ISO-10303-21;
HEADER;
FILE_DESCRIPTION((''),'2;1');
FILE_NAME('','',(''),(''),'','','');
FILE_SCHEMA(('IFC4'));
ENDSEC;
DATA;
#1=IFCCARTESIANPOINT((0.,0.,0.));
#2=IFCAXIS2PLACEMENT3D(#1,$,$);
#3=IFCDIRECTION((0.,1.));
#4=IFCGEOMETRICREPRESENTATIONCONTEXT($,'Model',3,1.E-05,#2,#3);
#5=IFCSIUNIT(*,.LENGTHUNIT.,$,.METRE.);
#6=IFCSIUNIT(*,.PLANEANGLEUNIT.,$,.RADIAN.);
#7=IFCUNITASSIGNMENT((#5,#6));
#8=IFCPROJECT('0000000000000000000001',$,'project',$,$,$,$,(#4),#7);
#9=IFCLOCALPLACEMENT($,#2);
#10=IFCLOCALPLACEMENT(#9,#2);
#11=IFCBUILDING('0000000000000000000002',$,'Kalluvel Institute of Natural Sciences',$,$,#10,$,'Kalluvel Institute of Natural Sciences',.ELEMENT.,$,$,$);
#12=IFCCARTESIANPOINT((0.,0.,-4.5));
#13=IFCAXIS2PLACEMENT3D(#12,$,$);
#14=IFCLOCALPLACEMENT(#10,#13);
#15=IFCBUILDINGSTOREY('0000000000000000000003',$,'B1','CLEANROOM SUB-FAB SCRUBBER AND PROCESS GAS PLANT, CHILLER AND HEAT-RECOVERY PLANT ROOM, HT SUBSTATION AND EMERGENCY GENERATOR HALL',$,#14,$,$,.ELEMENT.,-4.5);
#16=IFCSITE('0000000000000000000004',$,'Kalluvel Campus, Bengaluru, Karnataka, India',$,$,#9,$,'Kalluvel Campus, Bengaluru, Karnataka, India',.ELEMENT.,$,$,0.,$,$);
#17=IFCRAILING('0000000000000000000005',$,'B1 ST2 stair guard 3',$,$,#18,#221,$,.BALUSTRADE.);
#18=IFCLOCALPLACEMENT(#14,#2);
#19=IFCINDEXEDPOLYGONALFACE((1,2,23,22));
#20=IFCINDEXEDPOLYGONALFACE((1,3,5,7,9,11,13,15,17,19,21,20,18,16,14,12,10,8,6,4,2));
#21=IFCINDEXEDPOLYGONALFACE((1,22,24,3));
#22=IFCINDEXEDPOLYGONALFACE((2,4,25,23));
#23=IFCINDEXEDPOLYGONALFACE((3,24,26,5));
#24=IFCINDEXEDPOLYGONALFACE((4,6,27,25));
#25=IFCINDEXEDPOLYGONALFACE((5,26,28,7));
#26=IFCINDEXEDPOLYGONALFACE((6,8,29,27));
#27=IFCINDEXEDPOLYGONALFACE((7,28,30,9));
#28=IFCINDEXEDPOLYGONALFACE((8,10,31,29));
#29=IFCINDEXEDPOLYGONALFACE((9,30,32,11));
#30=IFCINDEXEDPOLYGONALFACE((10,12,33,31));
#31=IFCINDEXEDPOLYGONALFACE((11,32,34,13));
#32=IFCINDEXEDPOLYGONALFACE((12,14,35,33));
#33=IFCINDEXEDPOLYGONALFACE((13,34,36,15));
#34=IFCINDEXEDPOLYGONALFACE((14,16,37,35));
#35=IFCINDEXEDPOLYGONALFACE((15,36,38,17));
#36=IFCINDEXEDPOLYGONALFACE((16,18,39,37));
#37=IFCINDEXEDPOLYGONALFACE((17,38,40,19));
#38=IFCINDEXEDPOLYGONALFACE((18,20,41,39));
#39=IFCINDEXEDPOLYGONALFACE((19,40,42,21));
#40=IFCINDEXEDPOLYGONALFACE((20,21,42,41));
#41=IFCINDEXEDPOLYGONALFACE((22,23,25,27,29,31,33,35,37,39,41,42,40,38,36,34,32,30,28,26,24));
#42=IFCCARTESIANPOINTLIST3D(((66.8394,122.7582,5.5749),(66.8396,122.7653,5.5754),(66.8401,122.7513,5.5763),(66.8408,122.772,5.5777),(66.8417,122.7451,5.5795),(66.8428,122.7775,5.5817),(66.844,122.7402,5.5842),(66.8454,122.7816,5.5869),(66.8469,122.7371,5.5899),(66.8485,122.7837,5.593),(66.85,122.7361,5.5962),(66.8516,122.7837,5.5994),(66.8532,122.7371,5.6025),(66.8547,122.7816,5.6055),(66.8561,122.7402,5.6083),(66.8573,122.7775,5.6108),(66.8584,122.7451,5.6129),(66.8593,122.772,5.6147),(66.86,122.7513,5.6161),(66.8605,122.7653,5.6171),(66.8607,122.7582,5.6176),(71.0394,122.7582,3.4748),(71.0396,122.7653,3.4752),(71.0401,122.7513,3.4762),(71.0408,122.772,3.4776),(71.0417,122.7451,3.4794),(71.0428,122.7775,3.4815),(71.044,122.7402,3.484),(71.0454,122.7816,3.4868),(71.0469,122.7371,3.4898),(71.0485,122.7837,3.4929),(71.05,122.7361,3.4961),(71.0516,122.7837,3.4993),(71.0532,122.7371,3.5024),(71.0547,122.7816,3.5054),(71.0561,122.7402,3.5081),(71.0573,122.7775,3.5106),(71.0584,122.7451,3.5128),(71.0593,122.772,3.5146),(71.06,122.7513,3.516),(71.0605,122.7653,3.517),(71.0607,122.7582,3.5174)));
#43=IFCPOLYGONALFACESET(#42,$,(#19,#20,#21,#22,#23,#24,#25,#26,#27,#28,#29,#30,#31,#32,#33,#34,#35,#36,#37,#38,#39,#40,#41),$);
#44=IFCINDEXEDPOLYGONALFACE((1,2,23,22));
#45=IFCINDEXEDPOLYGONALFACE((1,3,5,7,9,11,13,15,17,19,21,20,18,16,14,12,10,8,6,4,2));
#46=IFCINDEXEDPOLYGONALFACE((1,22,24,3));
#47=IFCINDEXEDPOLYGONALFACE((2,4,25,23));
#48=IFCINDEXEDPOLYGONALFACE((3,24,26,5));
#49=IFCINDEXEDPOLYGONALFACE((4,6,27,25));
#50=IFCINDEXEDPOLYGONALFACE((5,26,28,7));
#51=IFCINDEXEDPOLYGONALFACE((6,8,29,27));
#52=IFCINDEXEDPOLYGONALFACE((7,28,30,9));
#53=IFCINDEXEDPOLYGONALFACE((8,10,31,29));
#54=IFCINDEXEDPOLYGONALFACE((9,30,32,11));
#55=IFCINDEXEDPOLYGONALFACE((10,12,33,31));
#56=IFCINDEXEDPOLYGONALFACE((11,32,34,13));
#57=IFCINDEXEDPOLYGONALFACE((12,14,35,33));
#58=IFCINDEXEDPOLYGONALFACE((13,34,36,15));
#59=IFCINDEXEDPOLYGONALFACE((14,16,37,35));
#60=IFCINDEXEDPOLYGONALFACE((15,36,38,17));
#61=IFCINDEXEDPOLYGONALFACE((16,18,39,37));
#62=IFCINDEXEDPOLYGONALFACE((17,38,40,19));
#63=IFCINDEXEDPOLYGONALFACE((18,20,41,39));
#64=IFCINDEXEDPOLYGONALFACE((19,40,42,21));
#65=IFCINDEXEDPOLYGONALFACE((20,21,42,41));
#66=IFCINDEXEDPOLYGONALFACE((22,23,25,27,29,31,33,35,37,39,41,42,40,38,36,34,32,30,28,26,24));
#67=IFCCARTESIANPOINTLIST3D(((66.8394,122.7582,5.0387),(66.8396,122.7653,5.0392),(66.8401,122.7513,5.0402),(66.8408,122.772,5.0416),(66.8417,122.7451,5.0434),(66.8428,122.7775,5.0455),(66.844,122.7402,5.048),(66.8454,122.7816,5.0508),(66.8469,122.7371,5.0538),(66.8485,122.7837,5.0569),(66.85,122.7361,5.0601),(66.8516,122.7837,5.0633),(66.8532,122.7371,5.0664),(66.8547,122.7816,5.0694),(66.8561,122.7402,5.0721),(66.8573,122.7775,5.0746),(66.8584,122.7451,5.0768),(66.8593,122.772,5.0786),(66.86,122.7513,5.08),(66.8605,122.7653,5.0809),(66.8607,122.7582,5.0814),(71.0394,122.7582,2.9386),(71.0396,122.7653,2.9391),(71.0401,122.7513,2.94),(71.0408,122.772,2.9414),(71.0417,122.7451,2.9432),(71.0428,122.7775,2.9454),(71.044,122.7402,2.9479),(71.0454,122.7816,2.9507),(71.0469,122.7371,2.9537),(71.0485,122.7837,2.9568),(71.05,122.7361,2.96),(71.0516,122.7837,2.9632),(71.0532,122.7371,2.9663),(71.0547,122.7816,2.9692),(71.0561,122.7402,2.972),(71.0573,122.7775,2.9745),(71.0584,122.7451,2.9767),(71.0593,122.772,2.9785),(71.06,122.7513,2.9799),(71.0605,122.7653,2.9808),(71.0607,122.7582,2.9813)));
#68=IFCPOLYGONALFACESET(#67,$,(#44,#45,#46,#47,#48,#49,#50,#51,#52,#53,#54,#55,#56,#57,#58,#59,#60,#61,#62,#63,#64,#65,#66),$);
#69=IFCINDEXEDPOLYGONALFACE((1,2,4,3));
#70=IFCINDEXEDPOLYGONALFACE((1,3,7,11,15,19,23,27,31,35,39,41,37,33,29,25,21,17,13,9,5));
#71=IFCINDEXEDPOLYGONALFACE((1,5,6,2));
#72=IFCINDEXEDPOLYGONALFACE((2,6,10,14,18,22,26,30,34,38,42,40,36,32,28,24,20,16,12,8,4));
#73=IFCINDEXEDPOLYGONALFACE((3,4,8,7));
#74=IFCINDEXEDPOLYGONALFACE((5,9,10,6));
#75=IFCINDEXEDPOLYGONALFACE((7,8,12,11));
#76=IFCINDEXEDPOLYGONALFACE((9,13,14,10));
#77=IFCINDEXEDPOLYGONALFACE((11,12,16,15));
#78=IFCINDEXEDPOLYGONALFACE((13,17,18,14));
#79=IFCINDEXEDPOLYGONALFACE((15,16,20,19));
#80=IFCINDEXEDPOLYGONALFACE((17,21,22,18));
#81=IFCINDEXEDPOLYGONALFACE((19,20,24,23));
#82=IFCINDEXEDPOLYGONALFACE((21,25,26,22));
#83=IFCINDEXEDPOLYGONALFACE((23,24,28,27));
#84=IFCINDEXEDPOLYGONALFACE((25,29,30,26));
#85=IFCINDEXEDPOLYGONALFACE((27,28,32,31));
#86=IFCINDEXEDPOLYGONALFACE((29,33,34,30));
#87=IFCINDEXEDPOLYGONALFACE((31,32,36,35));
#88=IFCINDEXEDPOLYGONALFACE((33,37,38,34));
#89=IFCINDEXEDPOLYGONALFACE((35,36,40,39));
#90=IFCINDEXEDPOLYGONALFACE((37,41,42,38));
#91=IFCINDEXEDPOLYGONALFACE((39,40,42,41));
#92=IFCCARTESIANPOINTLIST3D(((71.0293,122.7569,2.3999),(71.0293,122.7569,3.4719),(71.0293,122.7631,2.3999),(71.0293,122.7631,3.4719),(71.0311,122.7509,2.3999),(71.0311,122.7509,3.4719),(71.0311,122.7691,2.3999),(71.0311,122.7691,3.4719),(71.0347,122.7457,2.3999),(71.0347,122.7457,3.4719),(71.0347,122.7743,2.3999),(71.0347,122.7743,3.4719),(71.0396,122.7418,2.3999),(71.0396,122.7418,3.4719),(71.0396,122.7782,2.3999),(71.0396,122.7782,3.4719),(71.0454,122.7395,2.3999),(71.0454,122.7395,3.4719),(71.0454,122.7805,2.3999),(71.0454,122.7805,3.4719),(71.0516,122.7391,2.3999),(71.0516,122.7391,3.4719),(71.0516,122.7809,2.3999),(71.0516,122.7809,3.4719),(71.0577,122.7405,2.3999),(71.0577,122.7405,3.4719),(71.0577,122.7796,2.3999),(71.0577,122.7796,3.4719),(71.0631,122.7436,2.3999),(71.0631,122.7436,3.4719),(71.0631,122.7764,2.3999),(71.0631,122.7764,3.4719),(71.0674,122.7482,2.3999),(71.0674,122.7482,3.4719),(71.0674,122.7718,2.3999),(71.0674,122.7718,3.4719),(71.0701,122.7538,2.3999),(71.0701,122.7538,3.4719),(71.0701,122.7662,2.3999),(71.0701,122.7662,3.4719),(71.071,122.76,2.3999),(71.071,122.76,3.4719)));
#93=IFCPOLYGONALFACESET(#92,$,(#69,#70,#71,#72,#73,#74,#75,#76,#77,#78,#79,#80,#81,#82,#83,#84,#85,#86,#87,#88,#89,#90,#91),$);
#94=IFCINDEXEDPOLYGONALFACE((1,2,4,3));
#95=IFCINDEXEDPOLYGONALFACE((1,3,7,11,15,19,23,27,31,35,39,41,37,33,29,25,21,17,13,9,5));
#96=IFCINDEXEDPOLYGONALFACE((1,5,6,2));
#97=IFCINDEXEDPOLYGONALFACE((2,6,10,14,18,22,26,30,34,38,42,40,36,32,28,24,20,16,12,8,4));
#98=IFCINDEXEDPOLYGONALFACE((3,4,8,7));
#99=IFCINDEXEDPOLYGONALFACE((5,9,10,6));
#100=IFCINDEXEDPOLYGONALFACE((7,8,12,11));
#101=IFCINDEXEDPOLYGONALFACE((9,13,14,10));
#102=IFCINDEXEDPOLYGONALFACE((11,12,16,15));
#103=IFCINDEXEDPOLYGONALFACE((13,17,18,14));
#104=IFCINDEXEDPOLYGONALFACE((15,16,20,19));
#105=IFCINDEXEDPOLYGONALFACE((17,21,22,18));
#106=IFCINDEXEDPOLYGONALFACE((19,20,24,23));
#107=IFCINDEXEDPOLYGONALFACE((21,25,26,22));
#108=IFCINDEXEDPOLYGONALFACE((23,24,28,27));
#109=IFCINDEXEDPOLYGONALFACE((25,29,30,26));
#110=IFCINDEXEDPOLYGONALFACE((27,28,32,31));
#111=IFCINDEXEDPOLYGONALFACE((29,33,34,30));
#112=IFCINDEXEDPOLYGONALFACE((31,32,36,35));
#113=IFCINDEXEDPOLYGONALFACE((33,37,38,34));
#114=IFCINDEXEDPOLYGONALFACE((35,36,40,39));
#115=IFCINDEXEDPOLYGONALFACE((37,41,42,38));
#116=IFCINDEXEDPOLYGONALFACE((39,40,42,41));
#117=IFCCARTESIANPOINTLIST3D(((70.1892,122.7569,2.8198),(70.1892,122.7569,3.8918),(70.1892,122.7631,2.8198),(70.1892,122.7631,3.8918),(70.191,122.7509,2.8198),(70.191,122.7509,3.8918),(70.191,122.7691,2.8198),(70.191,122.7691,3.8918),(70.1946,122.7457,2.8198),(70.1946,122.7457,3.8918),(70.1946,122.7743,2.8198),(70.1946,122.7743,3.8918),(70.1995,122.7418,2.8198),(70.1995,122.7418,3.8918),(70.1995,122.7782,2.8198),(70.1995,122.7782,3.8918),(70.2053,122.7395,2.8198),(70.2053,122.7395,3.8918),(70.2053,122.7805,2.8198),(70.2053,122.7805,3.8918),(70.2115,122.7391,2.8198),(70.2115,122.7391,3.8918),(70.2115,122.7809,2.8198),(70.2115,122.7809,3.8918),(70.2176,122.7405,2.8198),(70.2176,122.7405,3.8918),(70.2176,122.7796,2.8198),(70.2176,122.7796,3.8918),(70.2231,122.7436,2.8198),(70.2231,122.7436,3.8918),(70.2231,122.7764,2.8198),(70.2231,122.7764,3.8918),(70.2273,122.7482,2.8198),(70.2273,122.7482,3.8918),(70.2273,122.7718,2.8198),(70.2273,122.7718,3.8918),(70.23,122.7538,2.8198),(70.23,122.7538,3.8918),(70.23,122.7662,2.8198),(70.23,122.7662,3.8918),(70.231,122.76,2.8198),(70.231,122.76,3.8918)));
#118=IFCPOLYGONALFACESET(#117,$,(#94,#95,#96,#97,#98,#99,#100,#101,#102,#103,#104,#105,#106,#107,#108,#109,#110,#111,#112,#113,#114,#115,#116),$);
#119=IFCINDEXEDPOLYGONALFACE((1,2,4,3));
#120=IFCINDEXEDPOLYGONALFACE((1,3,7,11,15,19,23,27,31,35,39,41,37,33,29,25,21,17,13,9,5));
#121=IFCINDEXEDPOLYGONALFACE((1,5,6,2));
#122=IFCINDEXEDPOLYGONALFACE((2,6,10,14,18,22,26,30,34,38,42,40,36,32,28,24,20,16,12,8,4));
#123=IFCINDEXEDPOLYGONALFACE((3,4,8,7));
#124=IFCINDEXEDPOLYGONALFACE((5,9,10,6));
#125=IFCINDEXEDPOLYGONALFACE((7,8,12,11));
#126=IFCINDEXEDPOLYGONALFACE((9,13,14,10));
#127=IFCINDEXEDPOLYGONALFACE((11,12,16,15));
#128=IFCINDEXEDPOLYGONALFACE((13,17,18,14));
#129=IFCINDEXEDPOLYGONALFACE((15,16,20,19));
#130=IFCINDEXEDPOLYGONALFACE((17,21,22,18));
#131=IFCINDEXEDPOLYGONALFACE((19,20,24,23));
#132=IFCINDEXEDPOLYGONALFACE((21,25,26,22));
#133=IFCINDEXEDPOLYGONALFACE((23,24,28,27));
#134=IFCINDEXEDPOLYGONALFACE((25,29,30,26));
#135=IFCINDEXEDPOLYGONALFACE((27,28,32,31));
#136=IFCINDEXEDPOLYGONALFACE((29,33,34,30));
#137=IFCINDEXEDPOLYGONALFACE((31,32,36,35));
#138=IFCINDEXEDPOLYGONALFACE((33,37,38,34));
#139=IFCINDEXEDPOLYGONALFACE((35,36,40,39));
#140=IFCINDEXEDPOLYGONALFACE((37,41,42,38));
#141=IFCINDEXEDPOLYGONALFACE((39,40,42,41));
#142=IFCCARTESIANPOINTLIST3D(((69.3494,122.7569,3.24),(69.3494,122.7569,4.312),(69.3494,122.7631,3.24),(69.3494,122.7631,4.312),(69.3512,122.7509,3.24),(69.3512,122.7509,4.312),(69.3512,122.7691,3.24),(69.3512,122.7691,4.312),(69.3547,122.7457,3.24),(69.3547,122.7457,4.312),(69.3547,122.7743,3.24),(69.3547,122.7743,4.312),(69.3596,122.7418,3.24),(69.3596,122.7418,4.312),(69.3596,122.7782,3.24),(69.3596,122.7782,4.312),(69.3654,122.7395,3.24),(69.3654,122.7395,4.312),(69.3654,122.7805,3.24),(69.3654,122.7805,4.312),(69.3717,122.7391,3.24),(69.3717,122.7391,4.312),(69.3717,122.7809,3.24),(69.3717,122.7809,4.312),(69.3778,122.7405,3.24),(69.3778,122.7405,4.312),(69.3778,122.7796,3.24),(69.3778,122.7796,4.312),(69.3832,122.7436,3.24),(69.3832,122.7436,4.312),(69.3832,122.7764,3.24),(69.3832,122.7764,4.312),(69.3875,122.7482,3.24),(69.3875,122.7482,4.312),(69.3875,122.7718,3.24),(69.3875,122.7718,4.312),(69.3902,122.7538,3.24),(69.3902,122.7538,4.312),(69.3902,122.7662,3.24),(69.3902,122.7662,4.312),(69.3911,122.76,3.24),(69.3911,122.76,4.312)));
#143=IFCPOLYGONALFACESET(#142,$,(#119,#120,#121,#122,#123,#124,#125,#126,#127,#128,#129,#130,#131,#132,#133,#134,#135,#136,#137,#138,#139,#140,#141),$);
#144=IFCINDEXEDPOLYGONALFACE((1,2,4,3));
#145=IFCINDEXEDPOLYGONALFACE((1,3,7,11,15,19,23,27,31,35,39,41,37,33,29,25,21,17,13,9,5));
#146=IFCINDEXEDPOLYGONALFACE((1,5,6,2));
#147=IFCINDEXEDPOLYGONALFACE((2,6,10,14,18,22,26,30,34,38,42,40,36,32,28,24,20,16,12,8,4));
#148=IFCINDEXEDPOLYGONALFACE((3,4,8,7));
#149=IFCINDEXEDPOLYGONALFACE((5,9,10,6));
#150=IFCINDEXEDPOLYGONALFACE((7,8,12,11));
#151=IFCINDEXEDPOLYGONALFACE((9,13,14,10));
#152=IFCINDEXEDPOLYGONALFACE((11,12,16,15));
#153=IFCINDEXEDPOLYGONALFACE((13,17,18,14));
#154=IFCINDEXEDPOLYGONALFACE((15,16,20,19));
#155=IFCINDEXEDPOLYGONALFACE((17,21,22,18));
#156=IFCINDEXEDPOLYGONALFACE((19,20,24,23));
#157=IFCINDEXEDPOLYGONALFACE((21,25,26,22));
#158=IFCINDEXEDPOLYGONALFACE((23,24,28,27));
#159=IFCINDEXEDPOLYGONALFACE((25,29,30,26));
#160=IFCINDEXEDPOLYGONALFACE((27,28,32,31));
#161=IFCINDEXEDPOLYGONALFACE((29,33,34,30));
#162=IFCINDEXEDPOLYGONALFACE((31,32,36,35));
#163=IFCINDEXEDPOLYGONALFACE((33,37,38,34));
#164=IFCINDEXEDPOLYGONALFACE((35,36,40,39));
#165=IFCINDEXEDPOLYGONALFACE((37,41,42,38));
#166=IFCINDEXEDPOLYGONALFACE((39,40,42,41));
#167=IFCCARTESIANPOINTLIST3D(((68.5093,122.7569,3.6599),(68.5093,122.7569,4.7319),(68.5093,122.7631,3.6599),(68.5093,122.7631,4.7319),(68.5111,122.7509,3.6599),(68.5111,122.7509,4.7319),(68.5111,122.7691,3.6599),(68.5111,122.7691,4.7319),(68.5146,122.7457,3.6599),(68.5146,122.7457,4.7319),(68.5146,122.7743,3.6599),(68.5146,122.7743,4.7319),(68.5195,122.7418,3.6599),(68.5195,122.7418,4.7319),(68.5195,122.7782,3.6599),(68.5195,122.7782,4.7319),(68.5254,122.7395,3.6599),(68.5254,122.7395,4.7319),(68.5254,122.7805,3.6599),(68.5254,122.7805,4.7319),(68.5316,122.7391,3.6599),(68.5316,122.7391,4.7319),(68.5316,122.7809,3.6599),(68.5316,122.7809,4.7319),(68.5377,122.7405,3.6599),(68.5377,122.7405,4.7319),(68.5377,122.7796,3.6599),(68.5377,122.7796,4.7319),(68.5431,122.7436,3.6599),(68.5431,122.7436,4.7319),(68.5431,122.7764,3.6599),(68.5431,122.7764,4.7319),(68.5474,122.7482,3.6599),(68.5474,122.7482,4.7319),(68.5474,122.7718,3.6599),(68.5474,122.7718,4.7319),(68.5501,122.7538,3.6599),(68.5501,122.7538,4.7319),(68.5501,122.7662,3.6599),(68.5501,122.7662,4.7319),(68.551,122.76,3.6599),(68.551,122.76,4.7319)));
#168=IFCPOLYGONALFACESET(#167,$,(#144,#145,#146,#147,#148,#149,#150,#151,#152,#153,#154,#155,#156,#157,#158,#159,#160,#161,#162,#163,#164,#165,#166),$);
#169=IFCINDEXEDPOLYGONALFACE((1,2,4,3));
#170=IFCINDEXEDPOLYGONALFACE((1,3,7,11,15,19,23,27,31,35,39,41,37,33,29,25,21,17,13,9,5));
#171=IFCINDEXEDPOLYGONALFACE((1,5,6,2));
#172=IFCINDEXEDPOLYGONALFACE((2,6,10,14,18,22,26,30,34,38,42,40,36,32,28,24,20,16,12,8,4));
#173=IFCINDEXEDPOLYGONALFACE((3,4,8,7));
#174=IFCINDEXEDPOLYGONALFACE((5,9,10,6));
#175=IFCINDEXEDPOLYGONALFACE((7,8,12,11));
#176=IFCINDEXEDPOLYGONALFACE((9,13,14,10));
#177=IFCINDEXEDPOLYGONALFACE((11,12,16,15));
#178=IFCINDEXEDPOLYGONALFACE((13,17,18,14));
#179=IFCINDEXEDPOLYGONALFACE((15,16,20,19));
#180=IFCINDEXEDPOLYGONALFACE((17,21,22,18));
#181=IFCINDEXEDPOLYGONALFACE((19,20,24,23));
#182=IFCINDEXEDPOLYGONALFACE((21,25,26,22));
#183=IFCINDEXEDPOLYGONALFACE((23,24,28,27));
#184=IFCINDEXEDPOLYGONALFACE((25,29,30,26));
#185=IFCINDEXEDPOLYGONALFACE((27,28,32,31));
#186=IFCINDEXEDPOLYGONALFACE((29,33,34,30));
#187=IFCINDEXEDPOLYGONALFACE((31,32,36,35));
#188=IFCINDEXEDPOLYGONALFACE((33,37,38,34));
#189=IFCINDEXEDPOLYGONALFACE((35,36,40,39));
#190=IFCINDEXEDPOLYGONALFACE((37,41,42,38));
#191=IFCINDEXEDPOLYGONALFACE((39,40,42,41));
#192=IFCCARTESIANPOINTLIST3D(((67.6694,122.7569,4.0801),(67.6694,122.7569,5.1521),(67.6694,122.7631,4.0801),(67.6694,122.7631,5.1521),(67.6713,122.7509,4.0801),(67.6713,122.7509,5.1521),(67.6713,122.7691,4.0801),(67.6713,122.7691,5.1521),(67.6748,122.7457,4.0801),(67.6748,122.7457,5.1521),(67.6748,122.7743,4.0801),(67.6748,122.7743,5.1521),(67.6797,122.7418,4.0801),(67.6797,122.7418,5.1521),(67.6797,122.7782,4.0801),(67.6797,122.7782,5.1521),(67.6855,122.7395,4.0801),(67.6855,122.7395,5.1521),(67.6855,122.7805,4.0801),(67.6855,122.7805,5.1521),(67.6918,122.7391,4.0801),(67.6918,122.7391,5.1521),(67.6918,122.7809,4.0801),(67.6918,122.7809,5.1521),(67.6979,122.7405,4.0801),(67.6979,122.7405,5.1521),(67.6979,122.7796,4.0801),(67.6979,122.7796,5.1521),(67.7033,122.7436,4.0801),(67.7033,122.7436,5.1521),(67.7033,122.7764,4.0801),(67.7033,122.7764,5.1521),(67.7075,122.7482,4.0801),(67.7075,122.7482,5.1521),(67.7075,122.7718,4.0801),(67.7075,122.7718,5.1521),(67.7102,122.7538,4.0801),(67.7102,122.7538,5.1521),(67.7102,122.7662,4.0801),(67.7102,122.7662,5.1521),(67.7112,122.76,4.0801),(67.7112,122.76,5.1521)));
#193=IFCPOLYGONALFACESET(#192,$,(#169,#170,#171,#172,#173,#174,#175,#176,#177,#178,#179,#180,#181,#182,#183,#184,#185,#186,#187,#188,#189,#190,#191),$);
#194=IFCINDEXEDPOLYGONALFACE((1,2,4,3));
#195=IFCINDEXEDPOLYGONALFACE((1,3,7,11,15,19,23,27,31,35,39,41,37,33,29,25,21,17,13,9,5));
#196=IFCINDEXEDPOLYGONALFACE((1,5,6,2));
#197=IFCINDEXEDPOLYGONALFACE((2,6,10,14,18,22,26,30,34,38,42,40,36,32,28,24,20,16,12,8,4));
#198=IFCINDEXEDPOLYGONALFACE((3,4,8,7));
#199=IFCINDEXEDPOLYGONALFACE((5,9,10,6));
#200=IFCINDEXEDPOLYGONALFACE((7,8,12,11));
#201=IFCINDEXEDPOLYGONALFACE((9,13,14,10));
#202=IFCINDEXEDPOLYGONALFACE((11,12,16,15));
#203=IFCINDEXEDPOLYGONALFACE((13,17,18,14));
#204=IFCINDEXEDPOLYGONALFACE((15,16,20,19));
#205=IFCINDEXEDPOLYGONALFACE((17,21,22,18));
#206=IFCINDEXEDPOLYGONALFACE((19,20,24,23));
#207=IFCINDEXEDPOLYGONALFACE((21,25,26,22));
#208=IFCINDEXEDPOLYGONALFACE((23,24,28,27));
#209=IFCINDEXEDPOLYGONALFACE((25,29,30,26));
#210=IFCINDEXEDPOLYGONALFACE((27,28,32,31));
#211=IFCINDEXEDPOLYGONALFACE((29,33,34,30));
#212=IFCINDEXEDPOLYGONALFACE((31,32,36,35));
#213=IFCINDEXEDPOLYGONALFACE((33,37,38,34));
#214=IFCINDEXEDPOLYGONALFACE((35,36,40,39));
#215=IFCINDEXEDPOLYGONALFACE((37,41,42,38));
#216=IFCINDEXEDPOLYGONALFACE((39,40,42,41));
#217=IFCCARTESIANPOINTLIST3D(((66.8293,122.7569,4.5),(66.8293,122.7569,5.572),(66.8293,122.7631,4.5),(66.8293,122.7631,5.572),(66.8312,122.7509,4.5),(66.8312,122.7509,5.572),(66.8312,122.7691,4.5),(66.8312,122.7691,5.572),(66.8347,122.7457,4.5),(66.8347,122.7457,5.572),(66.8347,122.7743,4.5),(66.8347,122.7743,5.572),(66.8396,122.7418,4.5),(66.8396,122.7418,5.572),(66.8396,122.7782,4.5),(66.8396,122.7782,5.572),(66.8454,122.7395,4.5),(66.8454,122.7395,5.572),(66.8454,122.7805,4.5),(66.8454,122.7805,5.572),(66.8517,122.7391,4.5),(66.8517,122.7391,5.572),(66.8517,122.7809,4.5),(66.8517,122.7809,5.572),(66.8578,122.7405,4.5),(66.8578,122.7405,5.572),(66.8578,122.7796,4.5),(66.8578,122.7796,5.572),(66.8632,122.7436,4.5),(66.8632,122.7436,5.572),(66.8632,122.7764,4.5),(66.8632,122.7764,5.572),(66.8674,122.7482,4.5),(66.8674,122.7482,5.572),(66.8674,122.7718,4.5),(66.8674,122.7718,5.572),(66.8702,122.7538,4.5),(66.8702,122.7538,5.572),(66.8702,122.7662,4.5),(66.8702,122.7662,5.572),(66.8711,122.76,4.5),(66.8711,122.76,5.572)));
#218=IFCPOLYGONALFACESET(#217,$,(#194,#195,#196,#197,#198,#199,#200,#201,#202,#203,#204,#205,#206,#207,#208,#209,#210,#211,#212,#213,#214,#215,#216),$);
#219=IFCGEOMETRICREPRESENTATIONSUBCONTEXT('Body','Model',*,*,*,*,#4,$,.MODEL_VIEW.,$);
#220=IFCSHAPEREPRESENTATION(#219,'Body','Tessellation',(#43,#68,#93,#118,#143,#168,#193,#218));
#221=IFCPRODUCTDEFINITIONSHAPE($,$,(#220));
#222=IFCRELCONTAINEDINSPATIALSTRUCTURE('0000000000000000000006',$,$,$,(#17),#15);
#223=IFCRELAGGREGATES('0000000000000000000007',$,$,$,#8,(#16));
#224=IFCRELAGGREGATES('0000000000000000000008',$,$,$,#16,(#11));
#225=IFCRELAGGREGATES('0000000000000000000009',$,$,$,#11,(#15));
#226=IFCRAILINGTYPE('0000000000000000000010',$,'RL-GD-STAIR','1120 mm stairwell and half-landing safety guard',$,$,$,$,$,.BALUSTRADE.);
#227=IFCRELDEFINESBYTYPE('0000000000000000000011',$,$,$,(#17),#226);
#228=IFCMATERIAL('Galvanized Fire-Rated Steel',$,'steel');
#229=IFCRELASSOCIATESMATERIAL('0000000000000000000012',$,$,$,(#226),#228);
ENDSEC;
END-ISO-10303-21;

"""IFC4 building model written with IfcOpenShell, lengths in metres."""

from ifc_helpers import new_model, si_unit, direction, frame, origin, origin_2d, place, context, subcontext, project, spatial, circle, extrude, material, type_object, element, save


model = new_model("IFC4")

# Units and contexts
model_context = context("Model", 3, precision=1e-05, world=origin(), true_north=direction((0.0, 1.0)))
body_context = subcontext(model_context, "Body", "Model", "MODEL_VIEW")
ifc_project = project(units=[si_unit("LENGTHUNIT", "METRE"), si_unit("PLANEANGLEUNIT", "RADIAN")], contexts=[model_context])

# Site, building, storey
site_placement = place(None, origin())
site = spatial("IfcSite", under=ifc_project, at=site_placement, Name="Kalluvel Campus, Bengaluru, Karnataka, India", LongName="Kalluvel Campus, Bengaluru, Karnataka, India", CompositionType="ELEMENT", RefElevation=0.0)
building_placement = place(site_placement, origin())
building = spatial("IfcBuilding", under=site, at=building_placement, Name="Kalluvel Institute of Natural Sciences", LongName="Kalluvel Institute of Natural Sciences", CompositionType="ELEMENT")
storey_placement = place(building_placement, frame((0.0, 0.0, -4.5)))
storey = spatial("IfcBuildingStorey", under=building, at=storey_placement, Name="B1", Description="CLEANROOM SUB-FAB SCRUBBER AND PROCESS GAS PLANT, CHILLER AND HEAT-RECOVERY PLANT ROOM, HT SUBSTATION AND EMERGENCY GENERATOR HALL", CompositionType="ELEMENT", Elevation=-4.5)

# Shared definitions
ifc_material_1 = material(Name="Galvanized Fire-Rated Steel", Category="steel")

# Railing
railing_type_1 = type_object("IfcRailingType", Name="RL-GD-STAIR", Description="1120 mm stairwell and half-landing safety guard", PredefinedType="BALUSTRADE", material=ifc_material_1)
railing_1_placement = place(storey_placement, frame((71.05, 122.76, 2.3999)))
element("IfcRailing", 1, at=railing_1_placement, inside=storey, type_object=railing_type_1, Name="B1 ST2 stair guard 3", PredefinedType="BALUSTRADE", context=body_context, shape_type="SweptSolid", body=[
    extrude(circle(Radius=0.0239, at=origin_2d()), frame((0.0, 0.0, 1.0962), z_axis=(-0.894417, 0.0, 0.447234), x_axis=(0.0, -1.0, 0.0)), (0.0, 0.0, 1.0), 4.6958),
    extrude(circle(Radius=0.0239, at=origin_2d()), frame((0.0, 0.0, 0.5601), z_axis=(-0.894417, 0.0, 0.447234), x_axis=(0.0, -1.0, 0.0)), (0.0, 0.0, 1.0), 4.6958),
    extrude(circle(Radius=0.021, at=origin_2d()), origin(), (0.0, 0.0, 1.0), 1.072),
    extrude(circle(Radius=0.021, at=origin_2d()), frame((-0.8401, 0.0, 0.4199)), (0.0, 0.0, 1.0), 1.072),
    extrude(circle(Radius=0.021, at=origin_2d()), frame((-1.6799, 0.0, 0.8401)), (0.0, 0.0, 1.0), 1.072),
    extrude(circle(Radius=0.021, at=origin_2d()), frame((-2.52, 0.0, 1.26)), (0.0, 0.0, 1.0), 1.072),
    extrude(circle(Radius=0.021, at=origin_2d()), frame((-3.3599, 0.0, 1.6802)), (0.0, 0.0, 1.0), 1.072),
    extrude(circle(Radius=0.021, at=origin_2d()), frame((-4.2, 0.0, 2.1001)), (0.0, 0.0, 1.0), 1.072),
])

save(model, "model.ifc")
